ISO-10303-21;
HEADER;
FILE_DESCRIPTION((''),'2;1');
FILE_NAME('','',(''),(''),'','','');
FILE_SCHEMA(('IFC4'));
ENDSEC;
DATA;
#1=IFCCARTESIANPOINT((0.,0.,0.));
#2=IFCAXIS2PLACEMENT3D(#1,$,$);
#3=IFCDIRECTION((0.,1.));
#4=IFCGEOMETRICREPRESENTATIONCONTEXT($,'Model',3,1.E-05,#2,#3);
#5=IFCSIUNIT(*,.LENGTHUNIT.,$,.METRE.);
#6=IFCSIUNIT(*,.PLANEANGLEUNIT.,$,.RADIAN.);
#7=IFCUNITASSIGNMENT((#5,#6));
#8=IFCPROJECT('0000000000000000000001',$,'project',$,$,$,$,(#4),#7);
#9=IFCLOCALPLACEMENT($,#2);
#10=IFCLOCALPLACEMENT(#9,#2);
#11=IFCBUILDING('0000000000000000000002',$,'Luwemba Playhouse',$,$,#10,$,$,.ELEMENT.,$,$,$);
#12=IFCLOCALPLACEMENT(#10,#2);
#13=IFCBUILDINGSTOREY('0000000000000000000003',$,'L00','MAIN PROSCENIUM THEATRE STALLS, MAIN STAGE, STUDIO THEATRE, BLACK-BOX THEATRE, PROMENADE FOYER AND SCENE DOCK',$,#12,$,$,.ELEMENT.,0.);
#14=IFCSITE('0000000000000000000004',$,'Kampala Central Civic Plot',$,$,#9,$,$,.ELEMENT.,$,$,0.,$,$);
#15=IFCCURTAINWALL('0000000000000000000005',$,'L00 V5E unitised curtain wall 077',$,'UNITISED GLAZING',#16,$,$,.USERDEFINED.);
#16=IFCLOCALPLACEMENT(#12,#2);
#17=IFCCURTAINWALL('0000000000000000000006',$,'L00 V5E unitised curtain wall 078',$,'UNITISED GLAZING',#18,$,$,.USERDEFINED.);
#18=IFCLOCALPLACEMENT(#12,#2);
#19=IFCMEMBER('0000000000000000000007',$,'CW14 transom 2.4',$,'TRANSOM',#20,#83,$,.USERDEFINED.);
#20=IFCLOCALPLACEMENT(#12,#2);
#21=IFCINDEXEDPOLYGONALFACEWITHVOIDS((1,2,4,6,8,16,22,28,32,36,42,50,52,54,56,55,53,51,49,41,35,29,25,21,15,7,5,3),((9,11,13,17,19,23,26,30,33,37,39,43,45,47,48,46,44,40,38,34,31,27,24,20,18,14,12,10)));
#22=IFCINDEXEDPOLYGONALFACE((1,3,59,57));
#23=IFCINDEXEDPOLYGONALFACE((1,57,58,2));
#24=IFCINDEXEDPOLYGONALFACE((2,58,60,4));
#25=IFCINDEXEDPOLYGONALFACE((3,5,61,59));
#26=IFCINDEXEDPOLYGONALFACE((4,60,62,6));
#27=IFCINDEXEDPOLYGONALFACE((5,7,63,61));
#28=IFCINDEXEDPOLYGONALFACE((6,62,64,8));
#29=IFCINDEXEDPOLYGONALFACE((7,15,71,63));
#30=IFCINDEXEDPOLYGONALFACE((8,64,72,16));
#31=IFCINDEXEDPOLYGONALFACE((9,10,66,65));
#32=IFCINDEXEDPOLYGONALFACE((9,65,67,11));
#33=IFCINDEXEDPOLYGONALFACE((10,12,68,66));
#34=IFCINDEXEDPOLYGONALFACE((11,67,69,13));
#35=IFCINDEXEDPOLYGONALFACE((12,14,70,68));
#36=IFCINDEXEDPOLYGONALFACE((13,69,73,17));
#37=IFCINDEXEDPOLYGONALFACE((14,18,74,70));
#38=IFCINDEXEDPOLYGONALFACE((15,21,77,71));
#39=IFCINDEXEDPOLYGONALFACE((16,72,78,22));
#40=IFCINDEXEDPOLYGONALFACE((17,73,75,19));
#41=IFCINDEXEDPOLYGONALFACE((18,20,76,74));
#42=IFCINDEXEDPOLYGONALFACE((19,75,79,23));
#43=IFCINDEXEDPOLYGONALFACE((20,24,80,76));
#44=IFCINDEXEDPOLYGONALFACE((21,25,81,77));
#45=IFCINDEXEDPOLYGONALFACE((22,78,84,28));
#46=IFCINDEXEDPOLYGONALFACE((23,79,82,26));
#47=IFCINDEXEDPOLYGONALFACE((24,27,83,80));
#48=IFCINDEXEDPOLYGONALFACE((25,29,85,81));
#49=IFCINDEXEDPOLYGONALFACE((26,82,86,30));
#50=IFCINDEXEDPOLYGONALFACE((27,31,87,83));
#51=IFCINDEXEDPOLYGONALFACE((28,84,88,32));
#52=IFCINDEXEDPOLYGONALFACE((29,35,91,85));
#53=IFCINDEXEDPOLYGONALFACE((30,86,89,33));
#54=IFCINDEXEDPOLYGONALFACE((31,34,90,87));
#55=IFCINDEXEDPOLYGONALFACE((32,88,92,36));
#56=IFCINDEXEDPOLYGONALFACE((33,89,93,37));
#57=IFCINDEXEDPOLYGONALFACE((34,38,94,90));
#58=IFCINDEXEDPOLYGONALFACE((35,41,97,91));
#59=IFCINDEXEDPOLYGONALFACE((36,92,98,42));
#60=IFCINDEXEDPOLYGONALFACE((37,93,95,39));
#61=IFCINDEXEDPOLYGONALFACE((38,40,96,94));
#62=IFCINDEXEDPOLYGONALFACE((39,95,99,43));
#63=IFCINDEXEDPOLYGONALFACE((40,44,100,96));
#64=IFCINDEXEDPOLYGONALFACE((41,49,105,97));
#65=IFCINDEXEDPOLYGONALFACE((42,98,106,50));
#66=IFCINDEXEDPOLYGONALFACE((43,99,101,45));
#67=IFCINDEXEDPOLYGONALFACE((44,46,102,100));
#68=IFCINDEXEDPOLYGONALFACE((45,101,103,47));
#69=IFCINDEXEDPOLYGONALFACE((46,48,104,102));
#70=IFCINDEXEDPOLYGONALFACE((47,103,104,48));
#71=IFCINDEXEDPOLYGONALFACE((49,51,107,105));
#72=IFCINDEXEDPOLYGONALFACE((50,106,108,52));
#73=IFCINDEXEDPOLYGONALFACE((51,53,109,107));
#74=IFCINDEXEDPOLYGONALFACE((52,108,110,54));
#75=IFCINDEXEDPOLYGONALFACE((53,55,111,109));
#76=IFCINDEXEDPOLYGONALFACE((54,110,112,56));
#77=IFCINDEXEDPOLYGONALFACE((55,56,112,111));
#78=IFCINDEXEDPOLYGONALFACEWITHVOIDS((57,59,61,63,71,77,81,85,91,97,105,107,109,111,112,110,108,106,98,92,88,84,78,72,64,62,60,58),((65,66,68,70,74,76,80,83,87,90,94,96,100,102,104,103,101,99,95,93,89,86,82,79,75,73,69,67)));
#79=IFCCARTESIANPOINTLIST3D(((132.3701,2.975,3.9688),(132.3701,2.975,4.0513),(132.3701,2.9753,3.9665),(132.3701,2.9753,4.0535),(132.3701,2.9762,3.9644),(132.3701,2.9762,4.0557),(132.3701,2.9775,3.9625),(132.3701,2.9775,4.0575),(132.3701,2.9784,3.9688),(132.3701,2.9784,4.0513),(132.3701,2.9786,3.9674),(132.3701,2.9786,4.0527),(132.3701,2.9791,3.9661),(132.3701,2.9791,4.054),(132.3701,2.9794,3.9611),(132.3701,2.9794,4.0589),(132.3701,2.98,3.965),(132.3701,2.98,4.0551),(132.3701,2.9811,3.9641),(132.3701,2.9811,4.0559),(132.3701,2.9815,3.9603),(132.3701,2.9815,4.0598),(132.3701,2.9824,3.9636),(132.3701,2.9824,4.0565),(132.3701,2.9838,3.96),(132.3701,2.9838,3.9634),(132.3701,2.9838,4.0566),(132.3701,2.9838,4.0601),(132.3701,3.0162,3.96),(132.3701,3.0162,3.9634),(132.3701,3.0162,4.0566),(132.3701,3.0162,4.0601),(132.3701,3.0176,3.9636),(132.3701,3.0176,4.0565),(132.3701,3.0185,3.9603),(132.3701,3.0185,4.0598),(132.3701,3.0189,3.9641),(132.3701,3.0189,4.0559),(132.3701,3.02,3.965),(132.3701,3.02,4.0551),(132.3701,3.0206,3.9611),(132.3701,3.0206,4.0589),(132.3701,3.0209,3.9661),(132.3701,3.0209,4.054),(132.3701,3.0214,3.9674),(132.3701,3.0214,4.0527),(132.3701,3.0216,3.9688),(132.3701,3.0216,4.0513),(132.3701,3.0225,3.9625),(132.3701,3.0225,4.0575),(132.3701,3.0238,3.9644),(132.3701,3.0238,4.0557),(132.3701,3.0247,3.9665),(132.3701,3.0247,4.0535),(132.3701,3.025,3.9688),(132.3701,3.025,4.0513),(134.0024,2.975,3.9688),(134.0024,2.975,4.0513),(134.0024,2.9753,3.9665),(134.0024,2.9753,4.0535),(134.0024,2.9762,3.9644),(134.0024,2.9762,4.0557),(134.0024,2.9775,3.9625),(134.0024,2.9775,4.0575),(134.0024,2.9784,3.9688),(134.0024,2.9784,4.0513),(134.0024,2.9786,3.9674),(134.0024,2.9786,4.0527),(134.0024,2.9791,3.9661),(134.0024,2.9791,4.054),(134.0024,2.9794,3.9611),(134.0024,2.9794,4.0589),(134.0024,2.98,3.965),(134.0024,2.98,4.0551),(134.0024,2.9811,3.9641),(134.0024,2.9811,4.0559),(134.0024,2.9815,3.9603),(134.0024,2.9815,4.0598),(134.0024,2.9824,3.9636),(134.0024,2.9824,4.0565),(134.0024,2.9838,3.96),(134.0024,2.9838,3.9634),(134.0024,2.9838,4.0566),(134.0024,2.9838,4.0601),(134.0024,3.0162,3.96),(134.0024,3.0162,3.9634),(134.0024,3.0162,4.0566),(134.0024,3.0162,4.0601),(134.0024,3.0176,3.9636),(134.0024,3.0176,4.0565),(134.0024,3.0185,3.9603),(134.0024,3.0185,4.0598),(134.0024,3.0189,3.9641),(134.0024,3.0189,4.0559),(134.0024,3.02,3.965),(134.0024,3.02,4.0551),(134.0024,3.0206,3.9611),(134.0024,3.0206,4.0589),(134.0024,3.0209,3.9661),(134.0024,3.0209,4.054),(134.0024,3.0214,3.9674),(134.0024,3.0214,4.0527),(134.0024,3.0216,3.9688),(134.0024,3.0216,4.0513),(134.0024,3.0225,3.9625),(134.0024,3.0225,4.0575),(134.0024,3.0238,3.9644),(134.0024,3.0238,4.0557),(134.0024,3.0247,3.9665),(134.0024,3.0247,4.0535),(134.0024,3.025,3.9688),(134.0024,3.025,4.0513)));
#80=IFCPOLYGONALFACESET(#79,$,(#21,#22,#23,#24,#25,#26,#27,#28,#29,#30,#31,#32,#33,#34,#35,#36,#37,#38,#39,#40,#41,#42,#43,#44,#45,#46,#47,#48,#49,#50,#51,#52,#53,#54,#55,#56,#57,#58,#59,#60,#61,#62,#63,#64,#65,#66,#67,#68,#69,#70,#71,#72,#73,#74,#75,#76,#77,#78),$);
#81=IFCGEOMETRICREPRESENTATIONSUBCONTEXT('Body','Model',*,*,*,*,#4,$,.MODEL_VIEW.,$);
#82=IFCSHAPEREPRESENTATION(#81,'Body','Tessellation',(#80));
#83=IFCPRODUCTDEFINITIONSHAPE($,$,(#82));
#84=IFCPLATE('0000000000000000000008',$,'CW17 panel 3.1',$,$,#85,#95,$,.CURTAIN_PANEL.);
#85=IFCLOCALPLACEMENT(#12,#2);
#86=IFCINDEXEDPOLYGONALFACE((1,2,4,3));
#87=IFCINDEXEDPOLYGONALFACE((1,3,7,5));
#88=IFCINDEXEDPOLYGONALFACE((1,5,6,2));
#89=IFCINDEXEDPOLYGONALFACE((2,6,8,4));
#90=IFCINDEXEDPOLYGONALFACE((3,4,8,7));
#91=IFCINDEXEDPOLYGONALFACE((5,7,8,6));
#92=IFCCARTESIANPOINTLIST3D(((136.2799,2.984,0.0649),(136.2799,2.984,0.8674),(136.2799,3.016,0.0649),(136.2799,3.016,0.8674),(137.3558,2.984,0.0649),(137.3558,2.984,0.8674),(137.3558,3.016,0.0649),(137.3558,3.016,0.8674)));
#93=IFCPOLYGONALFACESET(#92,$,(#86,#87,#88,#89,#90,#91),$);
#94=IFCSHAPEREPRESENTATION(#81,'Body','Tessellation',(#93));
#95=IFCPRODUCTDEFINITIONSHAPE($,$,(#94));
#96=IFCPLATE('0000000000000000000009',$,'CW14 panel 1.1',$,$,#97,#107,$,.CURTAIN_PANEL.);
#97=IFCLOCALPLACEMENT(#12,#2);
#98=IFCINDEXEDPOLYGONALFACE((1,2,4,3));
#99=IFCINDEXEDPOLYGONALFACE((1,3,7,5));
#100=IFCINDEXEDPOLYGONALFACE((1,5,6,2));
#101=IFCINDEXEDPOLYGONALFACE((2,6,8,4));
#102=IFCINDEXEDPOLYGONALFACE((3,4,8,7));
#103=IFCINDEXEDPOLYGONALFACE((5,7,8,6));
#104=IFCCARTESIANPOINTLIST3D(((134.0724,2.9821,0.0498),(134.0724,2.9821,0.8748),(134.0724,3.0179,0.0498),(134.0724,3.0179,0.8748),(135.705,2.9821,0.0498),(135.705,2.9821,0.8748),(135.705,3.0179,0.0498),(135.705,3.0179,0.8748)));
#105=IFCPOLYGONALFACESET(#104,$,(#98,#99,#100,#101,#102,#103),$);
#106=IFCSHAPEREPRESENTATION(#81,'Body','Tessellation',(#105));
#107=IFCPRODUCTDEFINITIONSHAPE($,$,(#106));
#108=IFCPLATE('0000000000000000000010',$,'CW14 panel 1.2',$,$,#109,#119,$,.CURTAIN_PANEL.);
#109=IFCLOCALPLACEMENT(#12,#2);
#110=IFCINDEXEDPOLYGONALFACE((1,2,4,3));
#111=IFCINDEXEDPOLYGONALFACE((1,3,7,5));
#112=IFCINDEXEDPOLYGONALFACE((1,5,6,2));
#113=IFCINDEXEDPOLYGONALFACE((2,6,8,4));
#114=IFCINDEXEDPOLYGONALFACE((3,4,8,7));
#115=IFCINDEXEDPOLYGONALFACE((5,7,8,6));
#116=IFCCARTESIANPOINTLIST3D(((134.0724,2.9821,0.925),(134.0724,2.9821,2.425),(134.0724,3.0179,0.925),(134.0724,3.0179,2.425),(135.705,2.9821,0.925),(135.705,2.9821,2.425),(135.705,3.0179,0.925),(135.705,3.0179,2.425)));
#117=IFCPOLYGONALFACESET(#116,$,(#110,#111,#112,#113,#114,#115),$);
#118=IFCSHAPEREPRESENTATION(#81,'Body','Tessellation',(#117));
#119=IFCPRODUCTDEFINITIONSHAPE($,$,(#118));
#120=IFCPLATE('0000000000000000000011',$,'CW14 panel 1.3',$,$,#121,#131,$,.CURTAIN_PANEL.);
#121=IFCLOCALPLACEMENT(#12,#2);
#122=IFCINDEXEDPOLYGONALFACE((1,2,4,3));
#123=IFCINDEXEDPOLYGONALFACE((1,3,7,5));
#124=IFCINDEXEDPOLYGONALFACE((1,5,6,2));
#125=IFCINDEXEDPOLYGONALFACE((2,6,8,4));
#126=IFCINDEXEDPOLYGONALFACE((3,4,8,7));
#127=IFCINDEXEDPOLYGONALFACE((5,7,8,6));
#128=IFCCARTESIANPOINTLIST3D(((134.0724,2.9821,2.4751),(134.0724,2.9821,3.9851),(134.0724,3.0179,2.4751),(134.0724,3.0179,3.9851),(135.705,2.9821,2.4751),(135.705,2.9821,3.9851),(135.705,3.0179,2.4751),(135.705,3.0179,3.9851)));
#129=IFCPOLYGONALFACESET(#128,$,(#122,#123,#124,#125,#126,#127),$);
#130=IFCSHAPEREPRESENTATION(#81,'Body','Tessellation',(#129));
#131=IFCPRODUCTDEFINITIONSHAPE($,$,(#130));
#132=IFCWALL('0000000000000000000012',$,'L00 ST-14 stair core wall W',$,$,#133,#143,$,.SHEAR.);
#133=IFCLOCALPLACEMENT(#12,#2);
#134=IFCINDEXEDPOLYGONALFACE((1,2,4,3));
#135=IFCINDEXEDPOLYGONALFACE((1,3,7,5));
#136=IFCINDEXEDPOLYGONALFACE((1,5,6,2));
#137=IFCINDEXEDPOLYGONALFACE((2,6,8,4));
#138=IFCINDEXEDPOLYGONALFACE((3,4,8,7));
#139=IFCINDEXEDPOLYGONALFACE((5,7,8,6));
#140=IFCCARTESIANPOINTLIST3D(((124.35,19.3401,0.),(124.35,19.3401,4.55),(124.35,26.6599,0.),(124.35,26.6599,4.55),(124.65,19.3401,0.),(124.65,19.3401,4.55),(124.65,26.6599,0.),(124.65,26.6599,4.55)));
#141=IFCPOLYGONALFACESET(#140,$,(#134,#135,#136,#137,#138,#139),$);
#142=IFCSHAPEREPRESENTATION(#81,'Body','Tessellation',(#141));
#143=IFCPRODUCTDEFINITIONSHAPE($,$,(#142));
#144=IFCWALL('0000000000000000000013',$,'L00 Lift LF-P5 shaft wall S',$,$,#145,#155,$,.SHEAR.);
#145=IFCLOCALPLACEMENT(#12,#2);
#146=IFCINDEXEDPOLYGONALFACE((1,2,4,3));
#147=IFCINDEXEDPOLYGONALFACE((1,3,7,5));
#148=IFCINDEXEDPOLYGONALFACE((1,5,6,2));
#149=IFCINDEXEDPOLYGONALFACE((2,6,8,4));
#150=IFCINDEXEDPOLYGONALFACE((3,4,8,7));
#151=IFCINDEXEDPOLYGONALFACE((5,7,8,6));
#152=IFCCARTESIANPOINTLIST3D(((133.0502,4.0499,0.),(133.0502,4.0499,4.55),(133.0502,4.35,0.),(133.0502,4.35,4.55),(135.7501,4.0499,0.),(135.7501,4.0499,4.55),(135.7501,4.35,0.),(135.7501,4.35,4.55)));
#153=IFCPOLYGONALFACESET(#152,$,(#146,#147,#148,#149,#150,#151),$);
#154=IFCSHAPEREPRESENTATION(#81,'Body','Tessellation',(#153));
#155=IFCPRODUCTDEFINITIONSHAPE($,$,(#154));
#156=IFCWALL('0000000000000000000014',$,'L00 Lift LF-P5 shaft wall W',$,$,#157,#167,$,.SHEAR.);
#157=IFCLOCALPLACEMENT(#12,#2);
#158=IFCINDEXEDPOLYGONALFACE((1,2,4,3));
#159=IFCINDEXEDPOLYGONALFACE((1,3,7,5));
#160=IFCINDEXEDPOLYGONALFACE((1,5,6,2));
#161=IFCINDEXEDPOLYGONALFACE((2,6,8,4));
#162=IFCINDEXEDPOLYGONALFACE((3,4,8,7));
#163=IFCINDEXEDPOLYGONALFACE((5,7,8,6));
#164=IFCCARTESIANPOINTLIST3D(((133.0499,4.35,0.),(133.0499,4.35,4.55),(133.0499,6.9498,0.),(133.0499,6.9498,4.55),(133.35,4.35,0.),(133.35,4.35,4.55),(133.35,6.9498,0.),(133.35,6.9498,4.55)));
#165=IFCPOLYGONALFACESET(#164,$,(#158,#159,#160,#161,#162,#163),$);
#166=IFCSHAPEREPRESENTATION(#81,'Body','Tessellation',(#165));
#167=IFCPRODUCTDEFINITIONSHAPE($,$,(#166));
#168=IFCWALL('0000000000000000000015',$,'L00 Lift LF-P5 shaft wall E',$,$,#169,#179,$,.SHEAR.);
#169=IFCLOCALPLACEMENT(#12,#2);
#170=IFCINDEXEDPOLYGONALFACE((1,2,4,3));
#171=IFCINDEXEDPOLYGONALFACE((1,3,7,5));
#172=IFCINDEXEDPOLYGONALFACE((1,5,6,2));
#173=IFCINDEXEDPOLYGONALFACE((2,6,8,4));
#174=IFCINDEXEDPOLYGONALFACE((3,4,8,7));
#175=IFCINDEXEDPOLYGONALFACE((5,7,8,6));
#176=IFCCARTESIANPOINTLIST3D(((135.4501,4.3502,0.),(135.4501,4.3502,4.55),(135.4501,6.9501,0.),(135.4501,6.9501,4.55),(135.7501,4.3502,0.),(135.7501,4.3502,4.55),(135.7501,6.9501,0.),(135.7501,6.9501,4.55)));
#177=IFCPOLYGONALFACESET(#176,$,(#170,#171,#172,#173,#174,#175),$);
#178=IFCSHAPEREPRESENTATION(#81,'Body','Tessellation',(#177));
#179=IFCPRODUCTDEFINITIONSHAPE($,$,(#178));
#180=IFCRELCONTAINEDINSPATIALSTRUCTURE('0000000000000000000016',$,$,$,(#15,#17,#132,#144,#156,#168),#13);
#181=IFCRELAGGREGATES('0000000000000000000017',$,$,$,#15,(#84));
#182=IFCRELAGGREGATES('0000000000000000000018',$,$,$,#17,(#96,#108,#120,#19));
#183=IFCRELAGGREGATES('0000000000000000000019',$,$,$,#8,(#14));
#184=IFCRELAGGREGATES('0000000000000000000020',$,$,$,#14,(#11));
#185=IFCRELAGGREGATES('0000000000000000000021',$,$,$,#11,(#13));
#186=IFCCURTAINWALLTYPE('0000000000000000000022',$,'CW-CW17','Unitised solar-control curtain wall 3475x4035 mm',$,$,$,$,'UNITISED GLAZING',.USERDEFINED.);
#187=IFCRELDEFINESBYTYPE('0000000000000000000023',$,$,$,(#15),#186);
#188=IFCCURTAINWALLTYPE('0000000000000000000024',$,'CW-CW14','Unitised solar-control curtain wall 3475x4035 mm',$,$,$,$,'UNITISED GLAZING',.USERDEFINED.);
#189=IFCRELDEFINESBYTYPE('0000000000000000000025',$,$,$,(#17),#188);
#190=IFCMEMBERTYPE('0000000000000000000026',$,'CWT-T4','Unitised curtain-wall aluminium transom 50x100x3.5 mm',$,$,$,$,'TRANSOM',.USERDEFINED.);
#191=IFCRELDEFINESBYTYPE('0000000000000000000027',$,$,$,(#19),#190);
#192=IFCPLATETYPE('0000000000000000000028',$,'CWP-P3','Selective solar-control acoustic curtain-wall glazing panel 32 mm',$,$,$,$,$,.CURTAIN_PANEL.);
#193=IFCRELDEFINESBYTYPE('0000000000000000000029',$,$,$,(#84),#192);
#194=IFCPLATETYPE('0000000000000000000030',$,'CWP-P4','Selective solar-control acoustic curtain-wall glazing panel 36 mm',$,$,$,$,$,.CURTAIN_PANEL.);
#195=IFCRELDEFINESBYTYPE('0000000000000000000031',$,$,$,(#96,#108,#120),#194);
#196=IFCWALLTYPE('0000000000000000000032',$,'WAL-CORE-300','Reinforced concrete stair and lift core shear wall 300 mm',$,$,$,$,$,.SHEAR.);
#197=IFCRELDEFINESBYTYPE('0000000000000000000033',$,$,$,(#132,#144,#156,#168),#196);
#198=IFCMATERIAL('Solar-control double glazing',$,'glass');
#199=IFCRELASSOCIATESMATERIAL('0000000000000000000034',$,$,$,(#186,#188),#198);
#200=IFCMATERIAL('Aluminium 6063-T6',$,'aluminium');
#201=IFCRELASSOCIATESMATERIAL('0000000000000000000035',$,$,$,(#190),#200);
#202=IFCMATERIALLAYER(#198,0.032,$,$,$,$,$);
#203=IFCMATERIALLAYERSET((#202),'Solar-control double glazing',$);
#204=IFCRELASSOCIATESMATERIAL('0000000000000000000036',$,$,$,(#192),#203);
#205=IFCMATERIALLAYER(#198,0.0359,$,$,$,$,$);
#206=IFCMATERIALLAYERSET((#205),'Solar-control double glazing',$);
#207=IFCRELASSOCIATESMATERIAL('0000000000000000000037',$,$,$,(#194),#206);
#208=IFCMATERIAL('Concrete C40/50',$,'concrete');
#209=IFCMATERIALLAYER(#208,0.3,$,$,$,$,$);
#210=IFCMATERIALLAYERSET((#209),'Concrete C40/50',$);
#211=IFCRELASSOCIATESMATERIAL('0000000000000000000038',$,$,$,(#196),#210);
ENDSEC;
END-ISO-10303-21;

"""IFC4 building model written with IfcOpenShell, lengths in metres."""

from ifc_helpers import new_model, si_unit, direction, frame, frame_2d, origin, origin_2d, place, context, subcontext, project, spatial, rectangle, hollow_rectangle, extrude, material, layer, layer_set, material_profile, profile_set, type_object, element, aggregate, save


model = new_model("IFC4")

# Units and contexts
model_context = context("Model", 3, precision=1e-05, world=origin(), true_north=direction((0.0, 1.0)))
body_context = subcontext(model_context, "Body", "Model", "MODEL_VIEW")
ifc_project = project(units=[si_unit("LENGTHUNIT", "METRE"), si_unit("PLANEANGLEUNIT", "RADIAN")], contexts=[model_context])

# Site, building, storey
site_placement = place(None, origin())
site = spatial("IfcSite", under=ifc_project, at=site_placement, Name="Kampala Central Civic Plot", CompositionType="ELEMENT", RefElevation=0.0)
building_placement = place(site_placement, origin())
building = spatial("IfcBuilding", under=site, at=building_placement, Name="Luwemba Playhouse", CompositionType="ELEMENT")
storey_placement = place(building_placement, origin())
storey = spatial("IfcBuildingStorey", under=building, at=storey_placement, Name="L00", Description="MAIN PROSCENIUM THEATRE STALLS, MAIN STAGE, STUDIO THEATRE, BLACK-BOX THEATRE, PROMENADE FOYER AND SCENE DOCK", CompositionType="ELEMENT", Elevation=0.0)

# Shared definitions
ifc_material_1 = material(Name="Concrete C40/50", Category="concrete")

# Curtain wall
ifc_material_2 = material(Name="Solar-control double glazing", Category="glass")
curtain_wall_type_1 = type_object("IfcCurtainWallType", Name="CW-CW17", Description="Unitised solar-control curtain wall 3475x4035 mm", ElementType="UNITISED GLAZING", PredefinedType="USERDEFINED", material=ifc_material_2)
curtain_wall_1_placement = place(storey_placement, origin())
curtain_wall_1 = element("IfcCurtainWall", 1, at=curtain_wall_1_placement, inside=storey, type_object=curtain_wall_type_1, Name="L00 V5E unitised curtain wall 077", ObjectType="UNITISED GLAZING", PredefinedType="USERDEFINED")
ifc_material_3 = material(Name="Aluminium 6063-T6", Category="aluminium")

# Curtain wall, member
curtain_wall_type_2 = type_object("IfcCurtainWallType", Name="CW-CW14", Description="Unitised solar-control curtain wall 3475x4035 mm", ElementType="UNITISED GLAZING", PredefinedType="USERDEFINED", material=ifc_material_2)
curtain_wall_2_placement = place(storey_placement, origin())
curtain_wall_2 = element("IfcCurtainWall", 2, at=curtain_wall_2_placement, inside=storey, type_object=curtain_wall_type_2, Name="L00 V5E unitised curtain wall 078", ObjectType="UNITISED GLAZING", PredefinedType="USERDEFINED")
ifc_material_profile_1 = material_profile(ifc_material_3, hollow_rectangle(XDim=0.05, YDim=0.1001, WallThickness=0.0034, InnerFilletRadius=0.0054, OuterFilletRadius=0.0088, at=origin_2d()))
ifc_profile_set_1 = profile_set([ifc_material_profile_1], Name="Aluminium 6063-T6")
member_type_1 = type_object("IfcMemberType", Name="CWT-T4", Description="Unitised curtain-wall aluminium transom 50x100x3.5 mm", ElementType="TRANSOM", PredefinedType="USERDEFINED", material=ifc_profile_set_1)
member_1_placement = place(storey_placement, frame((134.0024, 3.0, 4.01), z_axis=(-1.0, 0.0, 0.0), x_axis=(0.0, -1.0, 0.0)))
member_1 = element("IfcMember", 3, at=member_1_placement, type_object=member_type_1, Name="CW14 transom 2.4", ObjectType="TRANSOM", PredefinedType="USERDEFINED", context=body_context, shape_type="SweptSolid", body=[
    extrude(hollow_rectangle(XDim=0.05, YDim=0.1001, WallThickness=0.0034, InnerFilletRadius=0.0054, OuterFilletRadius=0.0088, at=origin_2d()), origin(), (0.0, 0.0, 1.0), 1.6323),
])

# Plates
ifc_layer_1 = layer(ifc_material_2, 0.032)
ifc_layer_set_1 = layer_set([ifc_layer_1], Name="Solar-control double glazing")
plate_type_1 = type_object("IfcPlateType", Name="CWP-P3", Description="Selective solar-control acoustic curtain-wall glazing panel 32 mm", PredefinedType="CURTAIN_PANEL", material=ifc_layer_set_1)
plate_1_placement = place(storey_placement, frame((136.8179, 3.0, 0.0649), z_axis=(0.0, 0.0, 1.0), x_axis=(-1.0, 0.0, 0.0)))
plate_1 = element("IfcPlate", 4, at=plate_1_placement, type_object=plate_type_1, Name="CW17 panel 3.1", PredefinedType="CURTAIN_PANEL", context=body_context, shape_type="SweptSolid", body=[
    extrude(rectangle(XDim=1.0759, YDim=0.032, at=origin_2d()), origin(), (0.0, 0.0, 1.0), 0.8025),
])
aggregate(curtain_wall_1, [plate_1])
ifc_layer_2 = layer(ifc_material_2, 0.0359)
ifc_layer_set_2 = layer_set([ifc_layer_2], Name="Solar-control double glazing")
plate_type_2 = type_object("IfcPlateType", Name="CWP-P4", Description="Selective solar-control acoustic curtain-wall glazing panel 36 mm", PredefinedType="CURTAIN_PANEL", material=ifc_layer_set_2)
plate_2_placement = place(storey_placement, frame((134.8887, 3.0, 0.0498), z_axis=(0.0, 0.0, 1.0), x_axis=(-1.0, 0.0, 0.0)))
plate_2 = element("IfcPlate", 5, at=plate_2_placement, type_object=plate_type_2, Name="CW14 panel 1.1", PredefinedType="CURTAIN_PANEL", context=body_context, shape_type="SweptSolid", body=[
    extrude(rectangle(XDim=1.6326, YDim=0.0359, at=origin_2d()), origin(), (0.0, 0.0, 1.0), 0.825),
])
plate_3_placement = place(storey_placement, frame((134.8887, 3.0, 0.925), z_axis=(0.0, 0.0, 1.0), x_axis=(-1.0, 0.0, 0.0)))
plate_3 = element("IfcPlate", 6, at=plate_3_placement, type_object=plate_type_2, Name="CW14 panel 1.2", PredefinedType="CURTAIN_PANEL", context=body_context, shape_type="SweptSolid", body=[
    extrude(rectangle(XDim=1.6326, YDim=0.0359, at=origin_2d()), origin(), (0.0, 0.0, 1.0), 1.5),
])
plate_4_placement = place(storey_placement, frame((134.8887, 3.0, 2.4751), z_axis=(0.0, 0.0, 1.0), x_axis=(-1.0, 0.0, 0.0)))
plate_4 = element("IfcPlate", 7, at=plate_4_placement, type_object=plate_type_2, Name="CW14 panel 1.3", PredefinedType="CURTAIN_PANEL", context=body_context, shape_type="SweptSolid", body=[
    extrude(rectangle(XDim=1.6326, YDim=0.0359, at=origin_2d()), origin(), (0.0, 0.0, 1.0), 1.51),
])
aggregate(curtain_wall_2, [plate_2, plate_3, plate_4, member_1])

# Walls
ifc_layer_3 = layer(ifc_material_1, 0.3)
ifc_layer_set_3 = layer_set([ifc_layer_3], Name="Concrete C40/50")
wall_type = type_object("IfcWallType", Name="WAL-CORE-300", Description="Reinforced concrete stair and lift core shear wall 300 mm", PredefinedType="SHEAR", material=ifc_layer_set_3)
wall_1_placement = place(storey_placement, frame((124.5, 19.3401, 0.0), z_axis=(0.0, 0.0, 1.0), x_axis=(0.0, 1.0, 0.0)))
element("IfcWall", 8, at=wall_1_placement, inside=storey, type_object=wall_type, Name="L00 ST-14 stair core wall W", PredefinedType="SHEAR", context=body_context, shape_type="SweptSolid", body=[
    extrude(rectangle(XDim=7.3198, YDim=0.3, at=frame_2d((3.6599, 0.0))), origin(), (0.0, 0.0, 1.0), 4.55),
])
wall_2_placement = place(storey_placement, frame((133.05, 4.2, 0.0), z_axis=(0.0, 0.0, 1.0), x_axis=(1.0, 0.0, 0.0)))
element("IfcWall", 9, at=wall_2_placement, inside=storey, type_object=wall_type, Name="L00 Lift LF-P5 shaft wall S", PredefinedType="SHEAR", context=body_context, shape_type="SweptSolid", body=[
    extrude(rectangle(XDim=2.7, YDim=0.3, at=frame_2d((1.3501, 0.0))), origin(), (0.0, 0.0, 1.0), 4.55),
])

# Walls
for number, where, z_axis, x_axis, name in (
    (10, (133.2, 4.3501, 0.0), (0.0, 0.0, 1.0), (0.0, 1.0, 0.0), "L00 Lift LF-P5 shaft wall W"),
    (11, (135.6001, 6.95, 0.0), (0.0, 0.0, 1.0), (0.0, -1.0, 0.0), "L00 Lift LF-P5 shaft wall E"),
):
    element("IfcWall", number, at=place(storey_placement, frame(where, z_axis=z_axis, x_axis=x_axis)), inside=storey, type_object=wall_type, Name=name, PredefinedType="SHEAR", context=body_context, shape_type="SweptSolid", body=[
        extrude(rectangle(XDim=2.5999, YDim=0.3, at=frame_2d((1.2998, 0.0))), origin(), (0.0, 0.0, 1.0), 4.55),
    ])

save(model, "model.ifc")
